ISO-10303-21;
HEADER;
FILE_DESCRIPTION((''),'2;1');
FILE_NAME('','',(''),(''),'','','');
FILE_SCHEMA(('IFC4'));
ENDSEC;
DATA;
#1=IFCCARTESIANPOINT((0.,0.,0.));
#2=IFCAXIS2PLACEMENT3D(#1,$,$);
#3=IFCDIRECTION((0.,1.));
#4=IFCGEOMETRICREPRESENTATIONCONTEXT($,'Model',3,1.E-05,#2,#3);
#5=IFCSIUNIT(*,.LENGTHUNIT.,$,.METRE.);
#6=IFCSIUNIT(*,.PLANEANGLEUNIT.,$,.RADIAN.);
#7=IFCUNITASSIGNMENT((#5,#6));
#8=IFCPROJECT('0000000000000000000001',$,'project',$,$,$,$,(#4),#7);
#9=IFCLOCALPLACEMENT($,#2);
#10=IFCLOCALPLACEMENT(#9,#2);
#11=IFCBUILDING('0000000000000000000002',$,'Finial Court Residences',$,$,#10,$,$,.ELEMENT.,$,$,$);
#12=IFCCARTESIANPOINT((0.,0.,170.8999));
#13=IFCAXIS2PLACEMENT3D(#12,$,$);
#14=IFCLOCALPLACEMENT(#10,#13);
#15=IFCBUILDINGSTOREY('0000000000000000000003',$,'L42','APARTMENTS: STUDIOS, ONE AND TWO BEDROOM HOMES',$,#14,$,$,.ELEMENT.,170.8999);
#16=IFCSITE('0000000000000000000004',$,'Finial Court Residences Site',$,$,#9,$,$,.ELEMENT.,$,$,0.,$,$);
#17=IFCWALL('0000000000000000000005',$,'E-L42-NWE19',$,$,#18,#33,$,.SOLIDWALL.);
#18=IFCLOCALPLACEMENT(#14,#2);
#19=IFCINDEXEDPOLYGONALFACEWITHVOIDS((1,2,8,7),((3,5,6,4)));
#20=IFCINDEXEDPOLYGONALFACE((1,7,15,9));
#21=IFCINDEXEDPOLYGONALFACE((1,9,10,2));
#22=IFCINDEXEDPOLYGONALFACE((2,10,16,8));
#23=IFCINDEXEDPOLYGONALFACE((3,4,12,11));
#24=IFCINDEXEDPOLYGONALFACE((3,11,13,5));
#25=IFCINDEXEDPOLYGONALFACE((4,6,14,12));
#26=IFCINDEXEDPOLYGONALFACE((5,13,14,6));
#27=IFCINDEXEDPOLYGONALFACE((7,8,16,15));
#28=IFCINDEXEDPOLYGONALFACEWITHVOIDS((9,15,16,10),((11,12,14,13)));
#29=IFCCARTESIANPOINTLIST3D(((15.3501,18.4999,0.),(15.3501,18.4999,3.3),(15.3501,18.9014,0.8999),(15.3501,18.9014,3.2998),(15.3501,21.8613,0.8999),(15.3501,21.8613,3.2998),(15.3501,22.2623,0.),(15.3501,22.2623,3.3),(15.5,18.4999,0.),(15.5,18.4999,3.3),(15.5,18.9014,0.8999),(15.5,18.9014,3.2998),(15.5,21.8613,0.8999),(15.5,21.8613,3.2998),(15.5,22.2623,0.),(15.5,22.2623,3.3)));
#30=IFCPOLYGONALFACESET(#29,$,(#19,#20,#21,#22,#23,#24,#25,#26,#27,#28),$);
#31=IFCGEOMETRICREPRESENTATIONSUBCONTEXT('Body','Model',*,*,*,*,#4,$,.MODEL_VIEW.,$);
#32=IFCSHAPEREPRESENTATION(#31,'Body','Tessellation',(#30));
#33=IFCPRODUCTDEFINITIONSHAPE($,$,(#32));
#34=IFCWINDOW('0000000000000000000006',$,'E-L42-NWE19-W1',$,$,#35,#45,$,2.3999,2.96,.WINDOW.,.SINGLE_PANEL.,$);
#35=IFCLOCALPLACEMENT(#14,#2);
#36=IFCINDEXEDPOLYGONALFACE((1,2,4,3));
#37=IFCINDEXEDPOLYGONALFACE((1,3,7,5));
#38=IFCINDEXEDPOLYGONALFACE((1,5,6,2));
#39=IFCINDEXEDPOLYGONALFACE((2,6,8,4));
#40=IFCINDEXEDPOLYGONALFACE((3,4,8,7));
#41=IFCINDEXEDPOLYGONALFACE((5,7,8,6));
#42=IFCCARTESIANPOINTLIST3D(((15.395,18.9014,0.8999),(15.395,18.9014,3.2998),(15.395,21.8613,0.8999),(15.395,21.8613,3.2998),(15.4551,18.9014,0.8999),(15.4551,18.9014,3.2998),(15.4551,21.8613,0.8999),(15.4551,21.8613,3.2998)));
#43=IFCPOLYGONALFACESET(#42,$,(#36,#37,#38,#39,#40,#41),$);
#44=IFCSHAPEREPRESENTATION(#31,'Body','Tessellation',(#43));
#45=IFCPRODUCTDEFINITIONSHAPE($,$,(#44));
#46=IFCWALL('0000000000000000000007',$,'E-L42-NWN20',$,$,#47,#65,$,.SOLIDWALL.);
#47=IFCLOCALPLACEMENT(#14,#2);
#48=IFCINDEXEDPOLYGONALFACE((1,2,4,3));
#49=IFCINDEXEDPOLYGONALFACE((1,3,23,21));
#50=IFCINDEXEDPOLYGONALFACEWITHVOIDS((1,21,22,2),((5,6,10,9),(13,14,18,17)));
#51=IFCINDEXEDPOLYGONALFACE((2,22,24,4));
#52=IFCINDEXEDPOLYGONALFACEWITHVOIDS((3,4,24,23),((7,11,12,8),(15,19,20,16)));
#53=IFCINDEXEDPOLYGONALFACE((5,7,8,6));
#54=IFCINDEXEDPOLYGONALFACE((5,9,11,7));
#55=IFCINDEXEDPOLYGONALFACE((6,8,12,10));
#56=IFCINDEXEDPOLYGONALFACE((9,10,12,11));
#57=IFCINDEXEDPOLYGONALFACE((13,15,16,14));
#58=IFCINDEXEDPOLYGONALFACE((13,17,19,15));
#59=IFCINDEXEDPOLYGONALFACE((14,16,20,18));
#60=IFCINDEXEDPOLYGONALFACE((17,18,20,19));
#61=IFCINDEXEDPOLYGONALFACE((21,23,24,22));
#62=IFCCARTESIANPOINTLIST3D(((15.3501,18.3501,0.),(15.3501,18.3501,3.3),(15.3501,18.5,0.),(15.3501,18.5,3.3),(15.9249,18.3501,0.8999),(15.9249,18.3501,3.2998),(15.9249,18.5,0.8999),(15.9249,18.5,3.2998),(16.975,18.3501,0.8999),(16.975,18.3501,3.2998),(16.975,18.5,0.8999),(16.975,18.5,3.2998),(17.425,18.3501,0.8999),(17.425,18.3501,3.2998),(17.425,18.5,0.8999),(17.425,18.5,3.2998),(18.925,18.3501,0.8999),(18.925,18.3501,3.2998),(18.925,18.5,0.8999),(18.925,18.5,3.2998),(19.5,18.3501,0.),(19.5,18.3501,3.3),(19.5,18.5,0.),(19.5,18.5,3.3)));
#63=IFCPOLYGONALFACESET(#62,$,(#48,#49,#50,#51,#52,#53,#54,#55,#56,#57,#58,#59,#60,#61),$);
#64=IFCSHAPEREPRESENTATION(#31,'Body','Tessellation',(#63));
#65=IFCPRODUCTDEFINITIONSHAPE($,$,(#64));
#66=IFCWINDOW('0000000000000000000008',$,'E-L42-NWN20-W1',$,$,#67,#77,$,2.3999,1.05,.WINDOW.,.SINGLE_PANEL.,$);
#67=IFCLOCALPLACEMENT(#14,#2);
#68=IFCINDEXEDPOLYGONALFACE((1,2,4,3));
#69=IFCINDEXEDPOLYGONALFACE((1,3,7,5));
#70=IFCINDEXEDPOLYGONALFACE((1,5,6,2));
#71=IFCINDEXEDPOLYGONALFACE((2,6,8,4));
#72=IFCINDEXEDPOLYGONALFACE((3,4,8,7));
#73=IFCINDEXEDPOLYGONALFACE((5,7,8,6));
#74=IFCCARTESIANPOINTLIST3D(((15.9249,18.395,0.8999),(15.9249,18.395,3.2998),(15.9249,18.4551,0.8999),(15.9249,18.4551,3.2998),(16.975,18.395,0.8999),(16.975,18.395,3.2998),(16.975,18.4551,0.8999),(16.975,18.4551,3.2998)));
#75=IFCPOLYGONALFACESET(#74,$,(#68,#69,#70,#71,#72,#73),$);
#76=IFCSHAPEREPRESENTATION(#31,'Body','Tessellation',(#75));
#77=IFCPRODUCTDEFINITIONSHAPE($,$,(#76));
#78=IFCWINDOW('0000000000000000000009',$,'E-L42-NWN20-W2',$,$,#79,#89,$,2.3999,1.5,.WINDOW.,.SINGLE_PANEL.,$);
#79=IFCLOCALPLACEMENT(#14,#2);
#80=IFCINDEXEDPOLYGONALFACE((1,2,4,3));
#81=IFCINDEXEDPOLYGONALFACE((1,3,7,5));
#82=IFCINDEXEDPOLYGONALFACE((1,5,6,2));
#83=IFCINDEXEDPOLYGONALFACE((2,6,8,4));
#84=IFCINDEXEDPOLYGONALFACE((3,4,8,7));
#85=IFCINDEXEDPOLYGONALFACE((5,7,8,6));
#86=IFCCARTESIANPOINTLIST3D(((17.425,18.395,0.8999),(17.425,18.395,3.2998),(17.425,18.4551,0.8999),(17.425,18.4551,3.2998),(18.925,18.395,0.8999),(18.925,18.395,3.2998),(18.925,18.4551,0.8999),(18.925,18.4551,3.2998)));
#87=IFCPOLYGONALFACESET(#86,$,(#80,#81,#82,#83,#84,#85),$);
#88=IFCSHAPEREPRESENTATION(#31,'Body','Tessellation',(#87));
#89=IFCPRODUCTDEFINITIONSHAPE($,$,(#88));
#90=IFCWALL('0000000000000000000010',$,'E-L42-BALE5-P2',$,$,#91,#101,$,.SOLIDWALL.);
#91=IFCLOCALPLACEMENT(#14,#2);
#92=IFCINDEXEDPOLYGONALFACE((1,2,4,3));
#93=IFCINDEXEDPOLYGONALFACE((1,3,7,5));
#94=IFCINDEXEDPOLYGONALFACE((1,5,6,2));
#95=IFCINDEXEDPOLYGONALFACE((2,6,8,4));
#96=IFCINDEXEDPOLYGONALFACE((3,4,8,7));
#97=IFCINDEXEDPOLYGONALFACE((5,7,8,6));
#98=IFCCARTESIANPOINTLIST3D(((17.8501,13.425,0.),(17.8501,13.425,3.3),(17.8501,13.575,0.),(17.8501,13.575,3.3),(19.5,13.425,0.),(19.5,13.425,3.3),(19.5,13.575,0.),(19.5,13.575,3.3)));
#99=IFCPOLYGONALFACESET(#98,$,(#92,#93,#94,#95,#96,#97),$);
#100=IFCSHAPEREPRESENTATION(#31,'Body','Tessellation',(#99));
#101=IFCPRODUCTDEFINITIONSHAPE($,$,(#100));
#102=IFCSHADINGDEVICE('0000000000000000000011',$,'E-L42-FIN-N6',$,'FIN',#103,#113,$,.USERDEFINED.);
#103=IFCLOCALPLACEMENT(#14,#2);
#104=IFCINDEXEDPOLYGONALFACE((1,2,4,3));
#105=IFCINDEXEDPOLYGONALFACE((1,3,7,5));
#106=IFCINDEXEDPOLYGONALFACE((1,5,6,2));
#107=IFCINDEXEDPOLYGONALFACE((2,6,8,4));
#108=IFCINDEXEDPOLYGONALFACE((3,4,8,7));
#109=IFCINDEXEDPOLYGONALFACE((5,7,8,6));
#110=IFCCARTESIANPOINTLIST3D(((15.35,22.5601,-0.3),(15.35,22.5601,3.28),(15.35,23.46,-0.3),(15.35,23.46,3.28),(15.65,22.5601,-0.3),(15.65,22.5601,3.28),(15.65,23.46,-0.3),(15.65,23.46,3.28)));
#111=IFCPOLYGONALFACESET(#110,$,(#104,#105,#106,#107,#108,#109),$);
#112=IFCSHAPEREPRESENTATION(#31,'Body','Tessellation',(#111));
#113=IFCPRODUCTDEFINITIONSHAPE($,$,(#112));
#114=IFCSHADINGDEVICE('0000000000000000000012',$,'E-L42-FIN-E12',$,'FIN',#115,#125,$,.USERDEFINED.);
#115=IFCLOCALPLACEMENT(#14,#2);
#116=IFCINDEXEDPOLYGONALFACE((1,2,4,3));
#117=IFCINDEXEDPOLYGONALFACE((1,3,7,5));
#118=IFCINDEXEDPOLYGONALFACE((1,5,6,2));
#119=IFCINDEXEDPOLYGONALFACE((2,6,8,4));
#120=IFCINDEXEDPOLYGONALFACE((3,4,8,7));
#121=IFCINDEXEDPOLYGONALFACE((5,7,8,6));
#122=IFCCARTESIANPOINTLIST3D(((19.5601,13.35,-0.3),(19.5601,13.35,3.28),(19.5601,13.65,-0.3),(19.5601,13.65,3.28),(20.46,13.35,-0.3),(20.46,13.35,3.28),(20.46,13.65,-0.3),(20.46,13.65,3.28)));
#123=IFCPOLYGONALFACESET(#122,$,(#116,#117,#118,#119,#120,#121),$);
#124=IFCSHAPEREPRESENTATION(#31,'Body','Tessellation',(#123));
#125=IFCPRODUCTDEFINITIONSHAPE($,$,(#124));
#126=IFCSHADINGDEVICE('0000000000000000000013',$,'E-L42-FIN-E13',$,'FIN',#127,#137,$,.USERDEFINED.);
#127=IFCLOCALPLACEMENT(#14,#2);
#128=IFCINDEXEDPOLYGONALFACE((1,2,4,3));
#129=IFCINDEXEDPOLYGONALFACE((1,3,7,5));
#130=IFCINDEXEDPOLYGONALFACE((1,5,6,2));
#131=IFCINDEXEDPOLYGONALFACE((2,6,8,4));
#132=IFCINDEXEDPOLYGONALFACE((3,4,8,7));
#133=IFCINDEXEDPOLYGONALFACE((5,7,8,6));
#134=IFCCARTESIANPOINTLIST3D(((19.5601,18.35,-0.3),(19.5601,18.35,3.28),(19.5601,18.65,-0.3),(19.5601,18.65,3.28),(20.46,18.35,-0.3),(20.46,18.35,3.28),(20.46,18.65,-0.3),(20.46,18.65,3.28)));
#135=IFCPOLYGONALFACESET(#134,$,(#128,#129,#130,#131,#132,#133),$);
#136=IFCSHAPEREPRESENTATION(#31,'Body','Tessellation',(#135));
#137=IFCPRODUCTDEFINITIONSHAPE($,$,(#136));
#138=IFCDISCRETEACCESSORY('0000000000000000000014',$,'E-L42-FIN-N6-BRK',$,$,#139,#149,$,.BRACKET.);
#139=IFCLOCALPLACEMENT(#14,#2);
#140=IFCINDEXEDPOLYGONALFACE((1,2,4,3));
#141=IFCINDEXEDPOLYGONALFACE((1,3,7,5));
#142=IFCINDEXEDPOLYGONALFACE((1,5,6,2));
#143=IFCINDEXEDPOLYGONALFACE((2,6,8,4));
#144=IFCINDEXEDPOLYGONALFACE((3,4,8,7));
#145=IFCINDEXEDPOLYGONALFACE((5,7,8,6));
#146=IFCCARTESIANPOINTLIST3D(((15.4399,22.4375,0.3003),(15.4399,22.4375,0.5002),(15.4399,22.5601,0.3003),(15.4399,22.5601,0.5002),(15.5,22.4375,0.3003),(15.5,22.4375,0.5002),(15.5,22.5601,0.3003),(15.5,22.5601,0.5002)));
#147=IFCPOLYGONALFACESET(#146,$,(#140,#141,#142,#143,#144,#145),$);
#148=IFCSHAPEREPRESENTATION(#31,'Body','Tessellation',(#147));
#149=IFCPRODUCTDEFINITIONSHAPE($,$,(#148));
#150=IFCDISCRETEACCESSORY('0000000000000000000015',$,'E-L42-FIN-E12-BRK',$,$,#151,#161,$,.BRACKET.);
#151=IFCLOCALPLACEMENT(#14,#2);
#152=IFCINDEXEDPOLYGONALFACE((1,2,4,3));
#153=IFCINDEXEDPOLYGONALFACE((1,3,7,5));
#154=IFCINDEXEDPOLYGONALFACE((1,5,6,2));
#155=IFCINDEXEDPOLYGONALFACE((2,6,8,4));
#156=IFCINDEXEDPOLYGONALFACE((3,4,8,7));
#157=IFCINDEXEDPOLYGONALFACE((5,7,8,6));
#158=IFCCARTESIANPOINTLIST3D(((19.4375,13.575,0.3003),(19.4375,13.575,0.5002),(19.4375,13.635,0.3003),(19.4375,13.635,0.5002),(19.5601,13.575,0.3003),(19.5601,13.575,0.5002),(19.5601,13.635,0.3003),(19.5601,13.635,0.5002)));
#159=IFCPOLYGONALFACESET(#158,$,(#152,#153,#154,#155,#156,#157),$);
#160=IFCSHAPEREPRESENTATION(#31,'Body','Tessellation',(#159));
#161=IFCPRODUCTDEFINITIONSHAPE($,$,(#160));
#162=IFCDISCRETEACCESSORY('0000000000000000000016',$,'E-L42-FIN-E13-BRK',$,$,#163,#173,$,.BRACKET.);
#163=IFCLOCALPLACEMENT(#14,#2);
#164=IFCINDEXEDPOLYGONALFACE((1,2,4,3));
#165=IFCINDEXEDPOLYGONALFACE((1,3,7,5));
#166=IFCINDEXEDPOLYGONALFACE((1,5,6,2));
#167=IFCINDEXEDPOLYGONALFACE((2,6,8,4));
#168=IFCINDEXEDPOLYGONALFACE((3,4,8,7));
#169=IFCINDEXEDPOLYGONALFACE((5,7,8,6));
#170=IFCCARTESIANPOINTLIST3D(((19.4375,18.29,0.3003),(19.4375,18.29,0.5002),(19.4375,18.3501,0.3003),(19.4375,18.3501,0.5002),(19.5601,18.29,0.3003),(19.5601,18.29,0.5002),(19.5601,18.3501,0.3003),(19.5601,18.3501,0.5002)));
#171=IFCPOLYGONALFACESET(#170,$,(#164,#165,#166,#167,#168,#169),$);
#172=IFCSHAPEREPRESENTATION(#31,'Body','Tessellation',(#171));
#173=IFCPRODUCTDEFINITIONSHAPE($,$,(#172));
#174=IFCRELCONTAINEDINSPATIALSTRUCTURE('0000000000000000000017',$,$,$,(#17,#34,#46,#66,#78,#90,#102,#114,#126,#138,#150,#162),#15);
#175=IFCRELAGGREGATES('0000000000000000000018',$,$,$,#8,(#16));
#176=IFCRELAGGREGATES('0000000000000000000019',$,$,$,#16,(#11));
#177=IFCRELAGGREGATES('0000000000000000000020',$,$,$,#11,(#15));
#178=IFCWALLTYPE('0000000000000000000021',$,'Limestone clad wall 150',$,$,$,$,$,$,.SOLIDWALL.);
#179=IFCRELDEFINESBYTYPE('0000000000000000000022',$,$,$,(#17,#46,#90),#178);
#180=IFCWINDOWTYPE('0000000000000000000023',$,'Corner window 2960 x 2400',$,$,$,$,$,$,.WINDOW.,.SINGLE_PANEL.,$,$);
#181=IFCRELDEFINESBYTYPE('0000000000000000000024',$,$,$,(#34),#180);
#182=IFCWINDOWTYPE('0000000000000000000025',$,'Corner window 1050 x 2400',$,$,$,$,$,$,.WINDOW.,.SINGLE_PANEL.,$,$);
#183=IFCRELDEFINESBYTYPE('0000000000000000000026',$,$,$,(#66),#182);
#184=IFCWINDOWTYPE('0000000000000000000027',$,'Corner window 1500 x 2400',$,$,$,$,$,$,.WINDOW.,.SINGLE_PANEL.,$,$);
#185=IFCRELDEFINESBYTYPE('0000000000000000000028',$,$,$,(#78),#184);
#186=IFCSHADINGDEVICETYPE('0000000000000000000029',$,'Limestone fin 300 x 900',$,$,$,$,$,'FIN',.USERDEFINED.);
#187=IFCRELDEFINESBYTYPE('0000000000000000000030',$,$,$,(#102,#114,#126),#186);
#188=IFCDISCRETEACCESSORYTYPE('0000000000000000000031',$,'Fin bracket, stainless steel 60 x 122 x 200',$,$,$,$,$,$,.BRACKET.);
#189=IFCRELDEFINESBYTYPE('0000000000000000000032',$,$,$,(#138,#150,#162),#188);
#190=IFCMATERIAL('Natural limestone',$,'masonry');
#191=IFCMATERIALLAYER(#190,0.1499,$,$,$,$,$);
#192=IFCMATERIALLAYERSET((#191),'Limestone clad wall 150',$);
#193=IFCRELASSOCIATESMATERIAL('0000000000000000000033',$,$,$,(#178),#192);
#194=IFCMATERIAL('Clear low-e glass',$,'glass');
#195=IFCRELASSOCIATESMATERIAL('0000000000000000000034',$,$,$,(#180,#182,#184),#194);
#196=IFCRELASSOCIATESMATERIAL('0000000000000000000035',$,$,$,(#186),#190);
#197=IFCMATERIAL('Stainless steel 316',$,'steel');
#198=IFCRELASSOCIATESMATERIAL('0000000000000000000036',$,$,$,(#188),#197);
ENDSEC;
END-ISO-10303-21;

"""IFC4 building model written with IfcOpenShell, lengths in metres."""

from ifc_helpers import new_model, si_unit, direction, frame, frame_2d, origin, origin_2d, place, context, subcontext, project, spatial, rectangle, extrude, material, layer, layer_set, type_object, element, fill, save


model = new_model("IFC4")

# Units and contexts
model_context = context("Model", 3, precision=1e-05, world=origin(), true_north=direction((0.0, 1.0)))
body_context = subcontext(model_context, "Body", "Model", "MODEL_VIEW")
ifc_project = project(units=[si_unit("LENGTHUNIT", "METRE"), si_unit("PLANEANGLEUNIT", "RADIAN")], contexts=[model_context])

# Site, building, storey
site_placement = place(None, origin())
site = spatial("IfcSite", under=ifc_project, at=site_placement, Name="Finial Court Residences Site", CompositionType="ELEMENT", RefElevation=0.0)
building_placement = place(site_placement, origin())
building = spatial("IfcBuilding", under=site, at=building_placement, Name="Finial Court Residences", CompositionType="ELEMENT")
storey_placement = place(building_placement, frame((0.0, 0.0, 170.8999)))
storey = spatial("IfcBuildingStorey", under=building, at=storey_placement, Name="L42", Description="APARTMENTS: STUDIOS, ONE AND TWO BEDROOM HOMES", CompositionType="ELEMENT", Elevation=170.8999)

# Shared definitions
ifc_material_1 = material(Name="Clear low-e glass", Category="glass")

# Wall, opening, window
ifc_material_2 = material(Name="Natural limestone", Category="masonry")
ifc_layer_1 = layer(ifc_material_2, 0.1499)
ifc_layer_set_1 = layer_set([ifc_layer_1], Name="Limestone clad wall 150")
wall_type_1 = type_object("IfcWallType", Name="Limestone clad wall 150", PredefinedType="SOLIDWALL", material=ifc_layer_set_1)
wall_1_placement = place(storey_placement, frame((15.425, 22.2625, 0.0), z_axis=(0.0, 0.0, 1.0), x_axis=(0.0, -1.0, 0.0)))
wall_1 = element("IfcWall", 1, at=wall_1_placement, inside=storey, type_object=wall_type_1, Name="E-L42-NWE19", PredefinedType="SOLIDWALL", context=body_context, shape_type="SweptSolid", body=[
    extrude(rectangle(XDim=3.7625, YDim=0.1499, at=frame_2d((1.8813, 0.0))), origin(), (0.0, 0.0, 1.0), 3.3),
])
opening_1_placement = place(wall_1_placement, frame((0.4011, 0.0, 0.8999)))
opening_1 = element("IfcOpeningElement", 2, at=opening_1_placement, cuts=wall_1, PredefinedType="OPENING", context=body_context, shape_type="SweptSolid", body=[
    extrude(rectangle(XDim=2.96, YDim=2.3999, at=frame_2d((1.48, 1.2))), frame((0.0, 0.085, 0.0), z_axis=(0.0, -1.0, 0.0), x_axis=(1.0, 0.0, 0.0)), (0.0, 0.0, 1.0), 0.1699),
])
window_type_1 = type_object("IfcWindowType", Name="Corner window 2960 x 2400", PartitioningType="SINGLE_PANEL", PredefinedType="WINDOW", material=ifc_material_1)
window_1_placement = place(opening_1_placement, origin())
window_1 = element("IfcWindow", 3, at=window_1_placement, inside=storey, type_object=window_type_1, Name="E-L42-NWE19-W1", OverallHeight=2.3999, OverallWidth=2.96, PartitioningType="SINGLE_PANEL", PredefinedType="WINDOW", context=body_context, shape_type="SweptSolid", body=[
    extrude(rectangle(XDim=2.96, YDim=2.3999, at=frame_2d((1.48, 1.2))), frame((0.0, 0.03, 0.0), z_axis=(0.0, -1.0, 0.0), x_axis=(1.0, 0.0, 0.0)), (0.0, 0.0, 1.0), 0.0601),
])
fill(opening_1, window_1)

# Wall, openings, windows
wall_2_placement = place(storey_placement, frame((15.3501, 18.425, 0.0), z_axis=(0.0, 0.0, 1.0), x_axis=(1.0, 0.0, 0.0)))
wall_2 = element("IfcWall", 4, at=wall_2_placement, inside=storey, type_object=wall_type_1, Name="E-L42-NWN20", PredefinedType="SOLIDWALL", context=body_context, shape_type="SweptSolid", body=[
    extrude(rectangle(XDim=4.1499, YDim=0.1499, at=frame_2d((2.075, 0.0))), origin(), (0.0, 0.0, 1.0), 3.3),
])
opening_2_placement = place(wall_2_placement, frame((0.575, 0.0, 0.8999)))
opening_2 = element("IfcOpeningElement", 5, at=opening_2_placement, cuts=wall_2, PredefinedType="OPENING", context=body_context, shape_type="SweptSolid", body=[
    extrude(rectangle(XDim=1.05, YDim=2.3999, at=frame_2d((0.5249, 1.2))), frame((0.0, 0.085, 0.0), z_axis=(0.0, -1.0, 0.0), x_axis=(1.0, 0.0, 0.0)), (0.0, 0.0, 1.0), 0.1699),
])
opening_3_placement = place(wall_2_placement, frame((2.075, 0.0, 0.8999)))
opening_3 = element("IfcOpeningElement", 6, at=opening_3_placement, cuts=wall_2, PredefinedType="OPENING", context=body_context, shape_type="SweptSolid", body=[
    extrude(rectangle(XDim=1.5, YDim=2.3999, at=frame_2d((0.75, 1.2))), frame((0.0, 0.085, 0.0), z_axis=(0.0, -1.0, 0.0), x_axis=(1.0, 0.0, 0.0)), (0.0, 0.0, 1.0), 0.1699),
])
window_type_2 = type_object("IfcWindowType", Name="Corner window 1050 x 2400", PartitioningType="SINGLE_PANEL", PredefinedType="WINDOW", material=ifc_material_1)
window_2_placement = place(opening_2_placement, origin())
window_2 = element("IfcWindow", 7, at=window_2_placement, inside=storey, type_object=window_type_2, Name="E-L42-NWN20-W1", OverallHeight=2.3999, OverallWidth=1.05, PartitioningType="SINGLE_PANEL", PredefinedType="WINDOW", context=body_context, shape_type="SweptSolid", body=[
    extrude(rectangle(XDim=1.05, YDim=2.3999, at=frame_2d((0.5249, 1.2))), frame((0.0, 0.03, 0.0), z_axis=(0.0, -1.0, 0.0), x_axis=(1.0, 0.0, 0.0)), (0.0, 0.0, 1.0), 0.0601),
])
fill(opening_2, window_2)
window_type_3 = type_object("IfcWindowType", Name="Corner window 1500 x 2400", PartitioningType="SINGLE_PANEL", PredefinedType="WINDOW", material=ifc_material_1)
window_3_placement = place(opening_3_placement, origin())
window_3 = element("IfcWindow", 8, at=window_3_placement, inside=storey, type_object=window_type_3, Name="E-L42-NWN20-W2", OverallHeight=2.3999, OverallWidth=1.5, PartitioningType="SINGLE_PANEL", PredefinedType="WINDOW", context=body_context, shape_type="SweptSolid", body=[
    extrude(rectangle(XDim=1.5, YDim=2.3999, at=frame_2d((0.75, 1.2))), frame((0.0, 0.03, 0.0), z_axis=(0.0, -1.0, 0.0), x_axis=(1.0, 0.0, 0.0)), (0.0, 0.0, 1.0), 0.0601),
])
fill(opening_3, window_3)

# Wall
wall_3_placement = place(storey_placement, frame((17.8501, 13.5, 0.0), z_axis=(0.0, 0.0, 1.0), x_axis=(1.0, 0.0, 0.0)))
element("IfcWall", 9, at=wall_3_placement, inside=storey, type_object=wall_type_1, Name="E-L42-BALE5-P2", PredefinedType="SOLIDWALL", context=body_context, shape_type="SweptSolid", body=[
    extrude(rectangle(XDim=1.6499, YDim=0.1499, at=frame_2d((0.825, 0.0))), origin(), (0.0, 0.0, 1.0), 3.3),
])

# Shading devices
shading_device_type = type_object("IfcShadingDeviceType", Name="Limestone fin 300 x 900", ElementType="FIN", PredefinedType="USERDEFINED", material=ifc_material_2)
shading_device_placement = place(storey_placement, frame((15.5, 23.01, -0.3), z_axis=(0.0, 0.0, 1.0), x_axis=(1.0, 0.0, 0.0)))
element("IfcShadingDevice", 10, at=shading_device_placement, inside=storey, type_object=shading_device_type, Name="E-L42-FIN-N6", ObjectType="FIN", PredefinedType="USERDEFINED", context=body_context, shape_type="SweptSolid", body=[
    extrude(rectangle(XDim=0.3, YDim=0.8999, at=origin_2d()), origin(), (0.0, 0.0, 1.0), 3.5801),
])
for number, where, z_axis, x_axis, name in (
    (11, (20.01, 13.5, -0.3), (0.0, 0.0, 1.0), (1.0, 0.0, 0.0), "E-L42-FIN-E12"),
    (12, (20.01, 18.5, -0.3), (0.0, 0.0, 1.0), (1.0, 0.0, 0.0), "E-L42-FIN-E13"),
):
    element("IfcShadingDevice", number, at=place(storey_placement, frame(where, z_axis=z_axis, x_axis=x_axis)), inside=storey, type_object=shading_device_type, Name=name, ObjectType="FIN", PredefinedType="USERDEFINED", context=body_context, shape_type="SweptSolid", body=[
        extrude(rectangle(XDim=0.8999, YDim=0.3, at=origin_2d()), origin(), (0.0, 0.0, 1.0), 3.5801),
    ])

# Discrete accessories
ifc_material_3 = material(Name="Stainless steel 316", Category="steel")
discrete_accessory_type = type_object("IfcDiscreteAccessoryType", Name="Fin bracket, stainless steel 60 x 122 x 200", PredefinedType="BRACKET", material=ifc_material_3)
discrete_accessory_placement = place(storey_placement, frame((15.47, 22.4988, 0.3003), z_axis=(0.0, 0.0, 1.0), x_axis=(1.0, 0.0, 0.0)))
element("IfcDiscreteAccessory", 13, at=discrete_accessory_placement, inside=storey, type_object=discrete_accessory_type, Name="E-L42-FIN-N6-BRK", PredefinedType="BRACKET", context=body_context, shape_type="SweptSolid", body=[
    extrude(rectangle(XDim=0.0601, YDim=0.1226, at=origin_2d()), origin(), (0.0, 0.0, 1.0), 0.2),
])
for number, where, z_axis, x_axis, name in (
    (14, (19.4988, 13.605, 0.3003), (0.0, 0.0, 1.0), (1.0, 0.0, 0.0), "E-L42-FIN-E12-BRK"),
    (15, (19.4988, 18.3201, 0.3003), (0.0, 0.0, 1.0), (1.0, 0.0, 0.0), "E-L42-FIN-E13-BRK"),
):
    element("IfcDiscreteAccessory", number, at=place(storey_placement, frame(where, z_axis=z_axis, x_axis=x_axis)), inside=storey, type_object=discrete_accessory_type, Name=name, PredefinedType="BRACKET", context=body_context, shape_type="SweptSolid", body=[
        extrude(rectangle(XDim=0.1226, YDim=0.0601, at=origin_2d()), origin(), (0.0, 0.0, 1.0), 0.2),
    ])

save(model, "model.ifc")
